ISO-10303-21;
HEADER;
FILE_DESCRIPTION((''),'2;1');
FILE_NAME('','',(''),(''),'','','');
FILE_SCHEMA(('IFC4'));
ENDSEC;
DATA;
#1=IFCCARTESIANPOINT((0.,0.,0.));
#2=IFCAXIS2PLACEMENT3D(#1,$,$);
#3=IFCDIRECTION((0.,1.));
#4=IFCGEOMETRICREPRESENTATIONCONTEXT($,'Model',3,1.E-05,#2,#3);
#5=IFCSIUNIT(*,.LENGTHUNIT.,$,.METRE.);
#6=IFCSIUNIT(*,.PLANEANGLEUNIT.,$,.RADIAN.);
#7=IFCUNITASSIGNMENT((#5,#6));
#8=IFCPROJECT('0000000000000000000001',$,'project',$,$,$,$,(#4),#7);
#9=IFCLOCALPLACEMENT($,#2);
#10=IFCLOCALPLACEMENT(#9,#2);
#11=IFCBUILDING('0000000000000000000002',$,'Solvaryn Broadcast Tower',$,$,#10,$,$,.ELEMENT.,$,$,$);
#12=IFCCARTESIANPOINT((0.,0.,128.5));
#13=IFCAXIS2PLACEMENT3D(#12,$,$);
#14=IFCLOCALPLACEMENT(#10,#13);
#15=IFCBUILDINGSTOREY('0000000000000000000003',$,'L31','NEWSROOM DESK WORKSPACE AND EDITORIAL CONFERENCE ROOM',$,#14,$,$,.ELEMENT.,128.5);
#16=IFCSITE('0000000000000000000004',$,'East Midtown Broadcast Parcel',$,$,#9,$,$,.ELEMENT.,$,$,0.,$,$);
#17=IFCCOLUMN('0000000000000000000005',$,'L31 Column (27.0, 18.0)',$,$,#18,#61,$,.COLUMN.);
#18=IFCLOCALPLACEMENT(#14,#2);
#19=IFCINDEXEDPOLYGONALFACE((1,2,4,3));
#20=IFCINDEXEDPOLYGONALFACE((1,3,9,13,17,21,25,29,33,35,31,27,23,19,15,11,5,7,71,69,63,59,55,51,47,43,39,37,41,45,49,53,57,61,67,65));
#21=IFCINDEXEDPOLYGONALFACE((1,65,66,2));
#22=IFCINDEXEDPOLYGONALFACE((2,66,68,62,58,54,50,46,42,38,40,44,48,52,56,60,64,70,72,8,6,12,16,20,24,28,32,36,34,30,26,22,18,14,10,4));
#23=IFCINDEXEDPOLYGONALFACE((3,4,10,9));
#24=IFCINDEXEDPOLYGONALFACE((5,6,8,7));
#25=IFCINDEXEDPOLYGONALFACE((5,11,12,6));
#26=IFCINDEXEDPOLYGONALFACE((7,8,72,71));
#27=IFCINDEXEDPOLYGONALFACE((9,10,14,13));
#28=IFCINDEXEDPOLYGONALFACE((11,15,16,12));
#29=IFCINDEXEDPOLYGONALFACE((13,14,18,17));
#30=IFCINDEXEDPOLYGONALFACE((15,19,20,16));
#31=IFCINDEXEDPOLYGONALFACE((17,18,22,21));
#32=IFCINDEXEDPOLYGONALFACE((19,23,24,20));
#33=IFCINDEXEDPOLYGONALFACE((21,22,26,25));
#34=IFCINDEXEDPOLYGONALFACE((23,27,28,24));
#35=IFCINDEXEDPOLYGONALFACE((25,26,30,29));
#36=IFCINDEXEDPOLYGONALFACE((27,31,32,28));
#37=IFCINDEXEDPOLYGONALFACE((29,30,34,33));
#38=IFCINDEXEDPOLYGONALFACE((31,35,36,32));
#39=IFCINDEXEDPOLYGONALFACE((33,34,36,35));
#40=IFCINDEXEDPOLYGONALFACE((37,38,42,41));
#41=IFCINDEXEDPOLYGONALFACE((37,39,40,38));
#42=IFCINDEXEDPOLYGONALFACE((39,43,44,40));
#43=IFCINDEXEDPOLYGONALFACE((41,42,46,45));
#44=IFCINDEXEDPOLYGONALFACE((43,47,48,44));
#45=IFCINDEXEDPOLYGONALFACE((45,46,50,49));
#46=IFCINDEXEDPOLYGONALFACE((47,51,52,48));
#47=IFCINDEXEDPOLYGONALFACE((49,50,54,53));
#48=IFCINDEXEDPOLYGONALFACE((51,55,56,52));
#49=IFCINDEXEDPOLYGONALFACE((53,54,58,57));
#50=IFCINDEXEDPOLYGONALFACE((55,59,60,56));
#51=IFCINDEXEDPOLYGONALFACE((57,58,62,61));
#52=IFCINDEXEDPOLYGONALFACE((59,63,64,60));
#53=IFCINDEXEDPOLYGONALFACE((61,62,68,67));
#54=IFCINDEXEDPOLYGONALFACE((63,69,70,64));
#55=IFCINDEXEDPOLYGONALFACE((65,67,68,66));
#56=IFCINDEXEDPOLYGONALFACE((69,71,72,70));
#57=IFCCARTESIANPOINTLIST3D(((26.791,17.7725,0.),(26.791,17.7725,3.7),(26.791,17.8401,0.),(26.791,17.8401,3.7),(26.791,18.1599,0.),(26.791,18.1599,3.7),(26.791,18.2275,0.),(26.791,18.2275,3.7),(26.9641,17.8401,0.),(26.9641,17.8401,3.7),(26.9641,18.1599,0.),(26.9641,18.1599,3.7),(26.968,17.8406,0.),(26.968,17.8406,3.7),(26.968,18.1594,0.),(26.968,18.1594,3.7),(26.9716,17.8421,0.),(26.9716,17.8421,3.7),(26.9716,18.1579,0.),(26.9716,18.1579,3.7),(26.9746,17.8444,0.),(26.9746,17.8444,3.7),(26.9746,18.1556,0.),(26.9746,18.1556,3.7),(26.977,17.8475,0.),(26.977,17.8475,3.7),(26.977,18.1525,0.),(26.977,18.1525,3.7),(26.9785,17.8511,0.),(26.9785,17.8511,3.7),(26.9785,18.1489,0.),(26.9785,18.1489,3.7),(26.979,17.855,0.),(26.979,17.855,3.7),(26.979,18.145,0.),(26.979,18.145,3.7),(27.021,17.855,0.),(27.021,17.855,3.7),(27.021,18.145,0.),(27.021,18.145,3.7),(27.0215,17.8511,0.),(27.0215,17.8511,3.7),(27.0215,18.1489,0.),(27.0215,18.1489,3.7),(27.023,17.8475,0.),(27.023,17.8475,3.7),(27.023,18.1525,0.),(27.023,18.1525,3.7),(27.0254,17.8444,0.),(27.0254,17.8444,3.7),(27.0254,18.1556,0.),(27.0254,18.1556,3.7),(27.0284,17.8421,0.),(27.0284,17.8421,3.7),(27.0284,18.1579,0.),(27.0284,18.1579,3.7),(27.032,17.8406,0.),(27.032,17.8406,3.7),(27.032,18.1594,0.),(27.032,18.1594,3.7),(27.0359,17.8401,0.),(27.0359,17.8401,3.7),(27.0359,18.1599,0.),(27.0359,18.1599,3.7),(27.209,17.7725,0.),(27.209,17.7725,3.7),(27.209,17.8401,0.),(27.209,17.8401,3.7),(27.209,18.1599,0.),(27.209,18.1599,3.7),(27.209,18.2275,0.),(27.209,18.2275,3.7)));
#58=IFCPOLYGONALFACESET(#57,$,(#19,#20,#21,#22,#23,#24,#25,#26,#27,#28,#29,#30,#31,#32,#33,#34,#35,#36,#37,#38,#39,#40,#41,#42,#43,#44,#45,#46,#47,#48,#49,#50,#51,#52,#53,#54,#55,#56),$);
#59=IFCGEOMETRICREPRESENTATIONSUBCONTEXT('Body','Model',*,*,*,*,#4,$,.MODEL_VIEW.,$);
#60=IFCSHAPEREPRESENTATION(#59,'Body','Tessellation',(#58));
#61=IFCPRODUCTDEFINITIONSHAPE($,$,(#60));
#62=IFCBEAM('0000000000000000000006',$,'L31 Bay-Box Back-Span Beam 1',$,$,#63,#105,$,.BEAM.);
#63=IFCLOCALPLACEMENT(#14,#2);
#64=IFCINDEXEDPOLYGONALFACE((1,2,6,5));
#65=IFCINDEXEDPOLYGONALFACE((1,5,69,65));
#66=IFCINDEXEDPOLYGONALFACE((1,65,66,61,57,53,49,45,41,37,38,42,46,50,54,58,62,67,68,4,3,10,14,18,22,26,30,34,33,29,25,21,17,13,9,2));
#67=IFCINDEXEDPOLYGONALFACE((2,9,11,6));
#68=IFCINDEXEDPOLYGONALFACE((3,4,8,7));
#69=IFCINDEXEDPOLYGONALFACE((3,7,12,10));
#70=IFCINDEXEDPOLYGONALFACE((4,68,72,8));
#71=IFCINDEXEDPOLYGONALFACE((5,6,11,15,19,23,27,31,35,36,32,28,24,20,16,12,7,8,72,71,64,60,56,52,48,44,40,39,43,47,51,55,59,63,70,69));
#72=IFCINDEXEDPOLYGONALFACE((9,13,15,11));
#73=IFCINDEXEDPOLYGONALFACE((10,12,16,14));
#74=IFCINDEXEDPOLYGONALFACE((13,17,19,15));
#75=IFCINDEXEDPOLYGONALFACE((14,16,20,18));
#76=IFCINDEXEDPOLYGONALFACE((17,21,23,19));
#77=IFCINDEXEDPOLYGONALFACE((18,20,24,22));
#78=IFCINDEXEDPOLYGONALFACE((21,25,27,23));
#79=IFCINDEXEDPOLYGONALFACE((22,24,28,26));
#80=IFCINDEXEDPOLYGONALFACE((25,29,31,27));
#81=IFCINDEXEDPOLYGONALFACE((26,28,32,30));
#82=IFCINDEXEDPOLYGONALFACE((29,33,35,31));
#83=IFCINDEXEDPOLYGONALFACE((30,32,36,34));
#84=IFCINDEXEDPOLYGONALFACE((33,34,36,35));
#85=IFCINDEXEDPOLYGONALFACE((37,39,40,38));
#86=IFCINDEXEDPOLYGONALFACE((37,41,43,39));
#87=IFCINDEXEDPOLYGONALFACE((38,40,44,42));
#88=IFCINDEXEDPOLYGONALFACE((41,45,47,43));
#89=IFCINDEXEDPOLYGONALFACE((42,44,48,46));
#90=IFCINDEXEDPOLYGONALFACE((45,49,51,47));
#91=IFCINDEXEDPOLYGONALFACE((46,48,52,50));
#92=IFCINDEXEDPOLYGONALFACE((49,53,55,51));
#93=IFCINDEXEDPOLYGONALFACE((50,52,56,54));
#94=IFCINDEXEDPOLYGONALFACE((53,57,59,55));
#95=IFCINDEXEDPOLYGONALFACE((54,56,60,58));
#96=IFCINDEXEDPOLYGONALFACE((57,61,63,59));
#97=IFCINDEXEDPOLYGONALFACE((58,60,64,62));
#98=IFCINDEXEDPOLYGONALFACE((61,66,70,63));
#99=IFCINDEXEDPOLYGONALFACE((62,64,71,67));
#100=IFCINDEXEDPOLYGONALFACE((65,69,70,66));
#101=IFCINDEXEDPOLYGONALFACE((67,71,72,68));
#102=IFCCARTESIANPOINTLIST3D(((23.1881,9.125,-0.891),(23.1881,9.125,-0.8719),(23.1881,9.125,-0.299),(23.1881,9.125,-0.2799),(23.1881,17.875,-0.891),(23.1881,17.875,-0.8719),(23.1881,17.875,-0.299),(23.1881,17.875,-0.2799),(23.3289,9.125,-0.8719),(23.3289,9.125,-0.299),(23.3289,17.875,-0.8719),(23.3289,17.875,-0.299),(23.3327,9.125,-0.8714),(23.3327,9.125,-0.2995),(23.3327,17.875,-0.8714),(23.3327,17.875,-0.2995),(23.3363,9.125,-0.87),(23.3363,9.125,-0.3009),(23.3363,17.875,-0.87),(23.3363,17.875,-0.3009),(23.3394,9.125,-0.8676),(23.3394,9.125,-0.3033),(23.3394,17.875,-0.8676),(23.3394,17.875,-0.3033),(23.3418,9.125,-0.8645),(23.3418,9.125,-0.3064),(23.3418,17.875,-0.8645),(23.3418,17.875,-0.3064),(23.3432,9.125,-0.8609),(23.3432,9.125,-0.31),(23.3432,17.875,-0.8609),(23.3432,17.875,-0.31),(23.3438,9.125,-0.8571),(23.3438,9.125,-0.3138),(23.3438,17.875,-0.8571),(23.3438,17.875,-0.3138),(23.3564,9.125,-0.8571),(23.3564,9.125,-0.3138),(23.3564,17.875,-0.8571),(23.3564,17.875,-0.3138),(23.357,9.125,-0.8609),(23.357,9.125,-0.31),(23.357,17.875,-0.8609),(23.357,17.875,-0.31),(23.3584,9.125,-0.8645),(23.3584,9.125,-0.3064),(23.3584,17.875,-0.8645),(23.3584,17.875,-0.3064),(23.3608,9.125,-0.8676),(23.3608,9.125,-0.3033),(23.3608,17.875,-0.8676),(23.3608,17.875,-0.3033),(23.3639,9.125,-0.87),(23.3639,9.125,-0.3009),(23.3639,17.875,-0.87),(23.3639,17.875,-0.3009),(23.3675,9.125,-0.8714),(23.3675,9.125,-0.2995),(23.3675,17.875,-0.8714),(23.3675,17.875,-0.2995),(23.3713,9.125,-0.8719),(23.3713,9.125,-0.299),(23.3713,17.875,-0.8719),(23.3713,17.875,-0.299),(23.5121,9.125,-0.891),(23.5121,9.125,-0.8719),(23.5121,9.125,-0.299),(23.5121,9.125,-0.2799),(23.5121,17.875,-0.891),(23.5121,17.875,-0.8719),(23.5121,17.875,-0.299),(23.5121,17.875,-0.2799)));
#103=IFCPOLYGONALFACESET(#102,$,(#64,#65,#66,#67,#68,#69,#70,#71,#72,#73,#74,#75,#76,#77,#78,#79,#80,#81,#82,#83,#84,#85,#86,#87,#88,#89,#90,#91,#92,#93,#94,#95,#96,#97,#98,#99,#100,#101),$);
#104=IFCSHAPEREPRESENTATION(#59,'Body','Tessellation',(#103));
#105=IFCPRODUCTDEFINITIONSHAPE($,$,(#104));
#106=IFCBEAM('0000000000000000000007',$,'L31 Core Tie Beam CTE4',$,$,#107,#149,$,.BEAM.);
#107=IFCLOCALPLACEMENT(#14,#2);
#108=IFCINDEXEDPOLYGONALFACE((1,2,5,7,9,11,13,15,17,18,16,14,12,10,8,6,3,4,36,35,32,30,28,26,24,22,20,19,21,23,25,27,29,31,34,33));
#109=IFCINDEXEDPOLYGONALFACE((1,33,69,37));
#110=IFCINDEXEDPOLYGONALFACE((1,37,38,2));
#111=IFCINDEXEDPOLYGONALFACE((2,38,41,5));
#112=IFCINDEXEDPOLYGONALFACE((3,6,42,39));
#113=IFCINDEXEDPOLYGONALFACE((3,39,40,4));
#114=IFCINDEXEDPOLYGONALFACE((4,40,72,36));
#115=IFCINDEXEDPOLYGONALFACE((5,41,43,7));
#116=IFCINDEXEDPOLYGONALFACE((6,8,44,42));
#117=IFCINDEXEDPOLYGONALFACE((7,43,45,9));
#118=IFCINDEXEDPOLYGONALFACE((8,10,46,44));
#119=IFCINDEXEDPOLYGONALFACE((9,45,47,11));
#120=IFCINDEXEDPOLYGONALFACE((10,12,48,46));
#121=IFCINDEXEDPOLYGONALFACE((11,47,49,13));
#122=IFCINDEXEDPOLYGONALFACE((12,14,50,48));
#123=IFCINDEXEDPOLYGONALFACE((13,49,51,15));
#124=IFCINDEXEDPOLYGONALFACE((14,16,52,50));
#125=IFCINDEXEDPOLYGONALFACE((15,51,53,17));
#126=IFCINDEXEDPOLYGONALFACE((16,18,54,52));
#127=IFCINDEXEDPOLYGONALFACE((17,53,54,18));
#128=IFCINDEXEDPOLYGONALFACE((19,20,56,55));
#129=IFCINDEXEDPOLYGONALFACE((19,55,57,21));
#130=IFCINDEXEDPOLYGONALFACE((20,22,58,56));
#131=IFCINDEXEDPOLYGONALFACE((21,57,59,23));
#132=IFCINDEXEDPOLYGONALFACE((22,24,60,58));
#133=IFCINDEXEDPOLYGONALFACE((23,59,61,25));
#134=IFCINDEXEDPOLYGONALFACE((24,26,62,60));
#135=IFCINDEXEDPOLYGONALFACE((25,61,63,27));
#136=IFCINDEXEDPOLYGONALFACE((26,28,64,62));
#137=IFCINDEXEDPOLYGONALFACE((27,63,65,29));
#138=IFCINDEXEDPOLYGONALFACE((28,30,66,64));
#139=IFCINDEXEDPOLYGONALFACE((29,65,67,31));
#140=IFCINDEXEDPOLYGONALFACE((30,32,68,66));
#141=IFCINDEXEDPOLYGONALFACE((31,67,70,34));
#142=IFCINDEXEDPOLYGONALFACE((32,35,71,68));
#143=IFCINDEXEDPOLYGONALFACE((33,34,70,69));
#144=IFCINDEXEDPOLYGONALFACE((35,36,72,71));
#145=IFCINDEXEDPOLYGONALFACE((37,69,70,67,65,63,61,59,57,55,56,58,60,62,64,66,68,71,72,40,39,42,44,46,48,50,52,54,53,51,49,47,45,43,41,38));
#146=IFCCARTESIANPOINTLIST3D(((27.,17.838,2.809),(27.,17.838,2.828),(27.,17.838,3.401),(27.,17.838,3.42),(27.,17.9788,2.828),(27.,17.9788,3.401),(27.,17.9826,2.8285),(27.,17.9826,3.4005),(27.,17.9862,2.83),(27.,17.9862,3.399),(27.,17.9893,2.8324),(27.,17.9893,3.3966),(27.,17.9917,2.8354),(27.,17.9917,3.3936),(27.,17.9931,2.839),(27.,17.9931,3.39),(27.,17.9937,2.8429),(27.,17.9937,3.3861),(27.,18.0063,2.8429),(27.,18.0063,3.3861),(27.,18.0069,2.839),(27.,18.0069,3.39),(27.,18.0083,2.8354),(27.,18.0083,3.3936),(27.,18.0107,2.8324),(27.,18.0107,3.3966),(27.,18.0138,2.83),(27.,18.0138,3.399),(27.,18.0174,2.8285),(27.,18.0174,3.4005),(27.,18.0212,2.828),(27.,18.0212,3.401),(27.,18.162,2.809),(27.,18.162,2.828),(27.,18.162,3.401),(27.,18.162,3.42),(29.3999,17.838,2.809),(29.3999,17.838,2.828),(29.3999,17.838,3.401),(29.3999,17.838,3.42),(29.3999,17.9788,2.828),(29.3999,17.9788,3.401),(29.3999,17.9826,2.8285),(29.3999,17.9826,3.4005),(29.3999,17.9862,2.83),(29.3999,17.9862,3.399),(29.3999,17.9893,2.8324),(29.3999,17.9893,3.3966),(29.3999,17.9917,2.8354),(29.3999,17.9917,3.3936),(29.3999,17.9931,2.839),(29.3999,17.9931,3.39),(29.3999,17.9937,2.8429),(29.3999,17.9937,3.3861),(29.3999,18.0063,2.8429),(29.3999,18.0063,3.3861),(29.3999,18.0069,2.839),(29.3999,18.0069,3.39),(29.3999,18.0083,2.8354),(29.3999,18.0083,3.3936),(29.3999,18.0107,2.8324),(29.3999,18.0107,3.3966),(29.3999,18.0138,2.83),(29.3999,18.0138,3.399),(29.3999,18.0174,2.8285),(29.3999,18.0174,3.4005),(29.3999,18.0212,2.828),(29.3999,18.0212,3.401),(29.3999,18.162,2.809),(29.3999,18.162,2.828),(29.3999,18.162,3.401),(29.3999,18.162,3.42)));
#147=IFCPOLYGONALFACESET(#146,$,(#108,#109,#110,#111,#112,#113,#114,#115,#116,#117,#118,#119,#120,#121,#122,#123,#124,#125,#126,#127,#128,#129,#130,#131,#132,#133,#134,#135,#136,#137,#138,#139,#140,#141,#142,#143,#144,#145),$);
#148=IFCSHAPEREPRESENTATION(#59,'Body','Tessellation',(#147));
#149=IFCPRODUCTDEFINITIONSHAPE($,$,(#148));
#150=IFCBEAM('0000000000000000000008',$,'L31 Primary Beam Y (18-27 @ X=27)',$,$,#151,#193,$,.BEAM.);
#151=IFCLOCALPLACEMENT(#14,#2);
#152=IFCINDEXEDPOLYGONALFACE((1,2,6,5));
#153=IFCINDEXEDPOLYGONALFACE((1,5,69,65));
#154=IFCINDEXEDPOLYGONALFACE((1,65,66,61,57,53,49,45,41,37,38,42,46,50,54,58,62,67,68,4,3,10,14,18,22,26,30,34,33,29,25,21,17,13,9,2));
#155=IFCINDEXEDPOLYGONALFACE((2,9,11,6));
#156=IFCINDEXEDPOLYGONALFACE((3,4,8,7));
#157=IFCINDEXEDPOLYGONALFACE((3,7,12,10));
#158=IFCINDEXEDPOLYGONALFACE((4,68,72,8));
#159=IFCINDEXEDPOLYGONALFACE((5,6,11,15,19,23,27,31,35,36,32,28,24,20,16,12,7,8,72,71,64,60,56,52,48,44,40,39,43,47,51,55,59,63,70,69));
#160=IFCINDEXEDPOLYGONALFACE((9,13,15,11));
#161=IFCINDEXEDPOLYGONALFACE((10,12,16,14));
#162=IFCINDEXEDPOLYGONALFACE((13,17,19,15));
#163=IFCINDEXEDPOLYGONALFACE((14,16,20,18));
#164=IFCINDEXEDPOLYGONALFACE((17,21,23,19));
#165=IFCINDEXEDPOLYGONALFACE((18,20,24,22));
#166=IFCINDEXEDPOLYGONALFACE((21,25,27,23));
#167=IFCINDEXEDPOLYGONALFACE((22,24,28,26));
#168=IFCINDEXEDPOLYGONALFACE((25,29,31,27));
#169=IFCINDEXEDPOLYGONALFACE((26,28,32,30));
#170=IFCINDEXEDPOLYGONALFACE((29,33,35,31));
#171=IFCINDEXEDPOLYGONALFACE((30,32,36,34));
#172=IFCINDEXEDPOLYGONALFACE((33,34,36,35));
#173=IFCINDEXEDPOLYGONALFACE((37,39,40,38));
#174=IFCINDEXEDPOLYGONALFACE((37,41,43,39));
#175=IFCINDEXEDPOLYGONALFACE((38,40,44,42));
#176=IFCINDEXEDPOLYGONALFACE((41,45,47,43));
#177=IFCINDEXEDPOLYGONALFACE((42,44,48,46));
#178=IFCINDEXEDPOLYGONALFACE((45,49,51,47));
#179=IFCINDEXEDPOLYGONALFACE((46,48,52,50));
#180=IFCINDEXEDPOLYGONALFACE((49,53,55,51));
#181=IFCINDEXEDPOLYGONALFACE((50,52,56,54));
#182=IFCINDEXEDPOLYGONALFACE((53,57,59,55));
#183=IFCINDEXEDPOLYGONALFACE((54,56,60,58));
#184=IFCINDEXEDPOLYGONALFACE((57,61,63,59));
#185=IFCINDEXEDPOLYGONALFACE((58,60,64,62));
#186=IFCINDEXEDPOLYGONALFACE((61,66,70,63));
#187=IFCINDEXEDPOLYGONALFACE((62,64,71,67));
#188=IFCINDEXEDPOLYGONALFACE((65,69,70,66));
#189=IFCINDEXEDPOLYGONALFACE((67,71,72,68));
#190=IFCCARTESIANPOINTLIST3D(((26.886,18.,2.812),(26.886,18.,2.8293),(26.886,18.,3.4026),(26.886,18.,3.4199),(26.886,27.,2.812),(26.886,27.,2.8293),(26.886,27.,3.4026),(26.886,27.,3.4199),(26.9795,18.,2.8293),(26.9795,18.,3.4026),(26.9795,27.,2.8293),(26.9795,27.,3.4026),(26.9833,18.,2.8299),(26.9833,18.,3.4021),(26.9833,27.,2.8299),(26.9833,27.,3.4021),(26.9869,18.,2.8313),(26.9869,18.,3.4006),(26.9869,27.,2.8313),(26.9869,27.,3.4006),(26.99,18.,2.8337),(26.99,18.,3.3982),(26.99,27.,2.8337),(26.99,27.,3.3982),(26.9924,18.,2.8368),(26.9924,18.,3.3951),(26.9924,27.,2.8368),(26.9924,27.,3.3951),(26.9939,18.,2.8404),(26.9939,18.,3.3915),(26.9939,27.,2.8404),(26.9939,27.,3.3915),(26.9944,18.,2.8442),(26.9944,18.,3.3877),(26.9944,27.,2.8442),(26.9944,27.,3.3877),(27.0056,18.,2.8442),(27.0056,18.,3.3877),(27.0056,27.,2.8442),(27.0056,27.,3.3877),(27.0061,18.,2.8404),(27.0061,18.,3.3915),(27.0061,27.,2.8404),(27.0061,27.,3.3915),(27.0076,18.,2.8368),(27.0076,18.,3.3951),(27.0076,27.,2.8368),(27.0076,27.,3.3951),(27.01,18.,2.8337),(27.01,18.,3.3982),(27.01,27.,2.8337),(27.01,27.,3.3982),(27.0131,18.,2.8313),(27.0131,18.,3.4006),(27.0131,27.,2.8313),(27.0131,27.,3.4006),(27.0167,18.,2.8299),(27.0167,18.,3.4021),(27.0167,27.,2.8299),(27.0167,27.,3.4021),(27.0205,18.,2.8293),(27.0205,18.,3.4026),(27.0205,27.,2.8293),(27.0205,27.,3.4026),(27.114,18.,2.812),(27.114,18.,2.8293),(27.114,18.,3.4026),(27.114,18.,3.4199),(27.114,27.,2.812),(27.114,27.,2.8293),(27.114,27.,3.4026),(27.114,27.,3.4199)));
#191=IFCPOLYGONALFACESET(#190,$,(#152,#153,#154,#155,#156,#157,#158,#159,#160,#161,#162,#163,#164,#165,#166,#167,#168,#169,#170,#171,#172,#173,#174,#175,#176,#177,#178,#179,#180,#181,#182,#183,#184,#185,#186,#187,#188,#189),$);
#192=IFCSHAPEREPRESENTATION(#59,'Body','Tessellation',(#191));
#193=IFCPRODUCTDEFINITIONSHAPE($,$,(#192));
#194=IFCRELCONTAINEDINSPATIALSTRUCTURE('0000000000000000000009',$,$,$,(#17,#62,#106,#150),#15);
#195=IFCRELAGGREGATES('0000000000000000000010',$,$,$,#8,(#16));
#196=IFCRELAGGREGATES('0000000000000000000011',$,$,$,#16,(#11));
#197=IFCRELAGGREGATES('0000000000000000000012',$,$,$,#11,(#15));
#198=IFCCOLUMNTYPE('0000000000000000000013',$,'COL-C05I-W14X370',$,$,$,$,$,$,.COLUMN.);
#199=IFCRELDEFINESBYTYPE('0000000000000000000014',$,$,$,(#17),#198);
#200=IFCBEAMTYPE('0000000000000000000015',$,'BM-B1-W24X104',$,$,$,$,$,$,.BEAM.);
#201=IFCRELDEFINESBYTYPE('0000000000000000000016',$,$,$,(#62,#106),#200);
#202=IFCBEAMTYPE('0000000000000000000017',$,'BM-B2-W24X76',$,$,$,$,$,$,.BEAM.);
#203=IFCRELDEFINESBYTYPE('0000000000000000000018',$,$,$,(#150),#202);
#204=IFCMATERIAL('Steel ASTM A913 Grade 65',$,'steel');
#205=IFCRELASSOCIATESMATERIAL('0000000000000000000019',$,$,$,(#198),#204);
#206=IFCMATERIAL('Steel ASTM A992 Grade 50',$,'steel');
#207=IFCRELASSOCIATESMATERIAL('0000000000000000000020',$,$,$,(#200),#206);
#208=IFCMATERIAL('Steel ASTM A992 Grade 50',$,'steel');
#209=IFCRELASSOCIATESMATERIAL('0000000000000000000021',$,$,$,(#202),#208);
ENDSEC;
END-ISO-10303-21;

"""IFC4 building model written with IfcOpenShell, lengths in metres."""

from ifc_helpers import new_model, si_unit, direction, frame, origin, origin_2d, place, context, subcontext, project, spatial, i_section, extrude, material, material_profile, profile_set, type_object, element, save


model = new_model("IFC4")

# Units and contexts
model_context = context("Model", 3, precision=1e-05, world=origin(), true_north=direction((0.0, 1.0)))
body_context = subcontext(model_context, "Body", "Model", "MODEL_VIEW")
ifc_project = project(units=[si_unit("LENGTHUNIT", "METRE"), si_unit("PLANEANGLEUNIT", "RADIAN")], contexts=[model_context])

# Site, building, storey
site_placement = place(None, origin())
site = spatial("IfcSite", under=ifc_project, at=site_placement, Name="East Midtown Broadcast Parcel", CompositionType="ELEMENT", RefElevation=0.0)
building_placement = place(site_placement, origin())
building = spatial("IfcBuilding", under=site, at=building_placement, Name="Solvaryn Broadcast Tower", CompositionType="ELEMENT")
storey_placement = place(building_placement, frame((0.0, 0.0, 128.5)))
storey = spatial("IfcBuildingStorey", under=building, at=storey_placement, Name="L31", Description="NEWSROOM DESK WORKSPACE AND EDITORIAL CONFERENCE ROOM", CompositionType="ELEMENT", Elevation=128.5)

# Column
ifc_material_1 = material(Name="Steel ASTM A913 Grade 65", Category="steel")
ifc_material_profile_1 = material_profile(ifc_material_1, i_section(OverallWidth=0.418, OverallDepth=0.4551, WebThickness=0.042, FlangeThickness=0.0676, FilletRadius=0.0149, at=origin_2d()))
ifc_profile_set_1 = profile_set([ifc_material_profile_1], Name="Steel ASTM A913 Grade 65")
column_type = type_object("IfcColumnType", Name="COL-C05I-W14X370", PredefinedType="COLUMN", material=ifc_profile_set_1)
column_placement = place(storey_placement, frame((27.0, 18.0, 0.0), z_axis=(0.0, 0.0, 1.0), x_axis=(1.0, 0.0, 0.0)))
element("IfcColumn", 1, at=column_placement, inside=storey, type_object=column_type, Name="L31 Column (27.0, 18.0)", PredefinedType="COLUMN", context=body_context, shape_type="SweptSolid", body=[
    extrude(i_section(OverallWidth=0.418, OverallDepth=0.4551, WebThickness=0.042, FlangeThickness=0.0676, FilletRadius=0.0149, at=origin_2d()), origin(), (0.0, 0.0, 1.0), 3.7),
])

# Beams
ifc_material_2 = material(Name="Steel ASTM A992 Grade 50", Category="steel")
ifc_material_profile_2 = material_profile(ifc_material_2, i_section(OverallWidth=0.324, OverallDepth=0.6111, WebThickness=0.0127, FlangeThickness=0.019, FilletRadius=0.0149, at=origin_2d()))
ifc_profile_set_2 = profile_set([ifc_material_profile_2], Name="Steel ASTM A992 Grade 50")
beam_type_1 = type_object("IfcBeamType", Name="BM-B1-W24X104", PredefinedType="BEAM", material=ifc_profile_set_2)
beam_1_placement = place(storey_placement, frame((23.3501, 17.875, -0.5854), z_axis=(0.0, -1.0, 0.0), x_axis=(1.0, 0.0, 0.0)))
element("IfcBeam", 2, at=beam_1_placement, inside=storey, type_object=beam_type_1, Name="L31 Bay-Box Back-Span Beam 1", PredefinedType="BEAM", context=body_context, shape_type="SweptSolid", body=[
    extrude(i_section(OverallWidth=0.324, OverallDepth=0.6111, WebThickness=0.0127, FlangeThickness=0.019, FilletRadius=0.0149, at=origin_2d()), origin(), (0.0, 0.0, 1.0), 8.75),
])
beam_2_placement = place(storey_placement, frame((27.0, 18.0, 3.1145), z_axis=(1.0, 0.0, 0.0), x_axis=(0.0, 1.0, 0.0)))
element("IfcBeam", 3, at=beam_2_placement, inside=storey, type_object=beam_type_1, Name="L31 Core Tie Beam CTE4", PredefinedType="BEAM", context=body_context, shape_type="SweptSolid", body=[
    extrude(i_section(OverallWidth=0.324, OverallDepth=0.6111, WebThickness=0.0127, FlangeThickness=0.019, FilletRadius=0.0149, at=origin_2d()), origin(), (0.0, 0.0, 1.0), 2.3999),
])
ifc_material_3 = material(Name="Steel ASTM A992 Grade 50", Category="steel")
ifc_material_profile_3 = material_profile(ifc_material_3, i_section(OverallWidth=0.228, OverallDepth=0.6079, WebThickness=0.0112, FlangeThickness=0.0173, FilletRadius=0.0149, at=origin_2d()))
ifc_profile_set_3 = profile_set([ifc_material_profile_3], Name="Steel ASTM A992 Grade 50")
beam_type_2 = type_object("IfcBeamType", Name="BM-B2-W24X76", PredefinedType="BEAM", material=ifc_profile_set_3)
beam_3_placement = place(storey_placement, frame((27.0, 18.0, 3.116), z_axis=(0.0, 1.0, 0.0), x_axis=(-1.0, 0.0, 0.0)))
element("IfcBeam", 4, at=beam_3_placement, inside=storey, type_object=beam_type_2, Name="L31 Primary Beam Y (18-27 @ X=27)", PredefinedType="BEAM", context=body_context, shape_type="SweptSolid", body=[
    extrude(i_section(OverallWidth=0.228, OverallDepth=0.6079, WebThickness=0.0112, FlangeThickness=0.0173, FilletRadius=0.0149, at=origin_2d()), origin(), (0.0, 0.0, 1.0), 9.0),
])

save(model, "model.ifc")
